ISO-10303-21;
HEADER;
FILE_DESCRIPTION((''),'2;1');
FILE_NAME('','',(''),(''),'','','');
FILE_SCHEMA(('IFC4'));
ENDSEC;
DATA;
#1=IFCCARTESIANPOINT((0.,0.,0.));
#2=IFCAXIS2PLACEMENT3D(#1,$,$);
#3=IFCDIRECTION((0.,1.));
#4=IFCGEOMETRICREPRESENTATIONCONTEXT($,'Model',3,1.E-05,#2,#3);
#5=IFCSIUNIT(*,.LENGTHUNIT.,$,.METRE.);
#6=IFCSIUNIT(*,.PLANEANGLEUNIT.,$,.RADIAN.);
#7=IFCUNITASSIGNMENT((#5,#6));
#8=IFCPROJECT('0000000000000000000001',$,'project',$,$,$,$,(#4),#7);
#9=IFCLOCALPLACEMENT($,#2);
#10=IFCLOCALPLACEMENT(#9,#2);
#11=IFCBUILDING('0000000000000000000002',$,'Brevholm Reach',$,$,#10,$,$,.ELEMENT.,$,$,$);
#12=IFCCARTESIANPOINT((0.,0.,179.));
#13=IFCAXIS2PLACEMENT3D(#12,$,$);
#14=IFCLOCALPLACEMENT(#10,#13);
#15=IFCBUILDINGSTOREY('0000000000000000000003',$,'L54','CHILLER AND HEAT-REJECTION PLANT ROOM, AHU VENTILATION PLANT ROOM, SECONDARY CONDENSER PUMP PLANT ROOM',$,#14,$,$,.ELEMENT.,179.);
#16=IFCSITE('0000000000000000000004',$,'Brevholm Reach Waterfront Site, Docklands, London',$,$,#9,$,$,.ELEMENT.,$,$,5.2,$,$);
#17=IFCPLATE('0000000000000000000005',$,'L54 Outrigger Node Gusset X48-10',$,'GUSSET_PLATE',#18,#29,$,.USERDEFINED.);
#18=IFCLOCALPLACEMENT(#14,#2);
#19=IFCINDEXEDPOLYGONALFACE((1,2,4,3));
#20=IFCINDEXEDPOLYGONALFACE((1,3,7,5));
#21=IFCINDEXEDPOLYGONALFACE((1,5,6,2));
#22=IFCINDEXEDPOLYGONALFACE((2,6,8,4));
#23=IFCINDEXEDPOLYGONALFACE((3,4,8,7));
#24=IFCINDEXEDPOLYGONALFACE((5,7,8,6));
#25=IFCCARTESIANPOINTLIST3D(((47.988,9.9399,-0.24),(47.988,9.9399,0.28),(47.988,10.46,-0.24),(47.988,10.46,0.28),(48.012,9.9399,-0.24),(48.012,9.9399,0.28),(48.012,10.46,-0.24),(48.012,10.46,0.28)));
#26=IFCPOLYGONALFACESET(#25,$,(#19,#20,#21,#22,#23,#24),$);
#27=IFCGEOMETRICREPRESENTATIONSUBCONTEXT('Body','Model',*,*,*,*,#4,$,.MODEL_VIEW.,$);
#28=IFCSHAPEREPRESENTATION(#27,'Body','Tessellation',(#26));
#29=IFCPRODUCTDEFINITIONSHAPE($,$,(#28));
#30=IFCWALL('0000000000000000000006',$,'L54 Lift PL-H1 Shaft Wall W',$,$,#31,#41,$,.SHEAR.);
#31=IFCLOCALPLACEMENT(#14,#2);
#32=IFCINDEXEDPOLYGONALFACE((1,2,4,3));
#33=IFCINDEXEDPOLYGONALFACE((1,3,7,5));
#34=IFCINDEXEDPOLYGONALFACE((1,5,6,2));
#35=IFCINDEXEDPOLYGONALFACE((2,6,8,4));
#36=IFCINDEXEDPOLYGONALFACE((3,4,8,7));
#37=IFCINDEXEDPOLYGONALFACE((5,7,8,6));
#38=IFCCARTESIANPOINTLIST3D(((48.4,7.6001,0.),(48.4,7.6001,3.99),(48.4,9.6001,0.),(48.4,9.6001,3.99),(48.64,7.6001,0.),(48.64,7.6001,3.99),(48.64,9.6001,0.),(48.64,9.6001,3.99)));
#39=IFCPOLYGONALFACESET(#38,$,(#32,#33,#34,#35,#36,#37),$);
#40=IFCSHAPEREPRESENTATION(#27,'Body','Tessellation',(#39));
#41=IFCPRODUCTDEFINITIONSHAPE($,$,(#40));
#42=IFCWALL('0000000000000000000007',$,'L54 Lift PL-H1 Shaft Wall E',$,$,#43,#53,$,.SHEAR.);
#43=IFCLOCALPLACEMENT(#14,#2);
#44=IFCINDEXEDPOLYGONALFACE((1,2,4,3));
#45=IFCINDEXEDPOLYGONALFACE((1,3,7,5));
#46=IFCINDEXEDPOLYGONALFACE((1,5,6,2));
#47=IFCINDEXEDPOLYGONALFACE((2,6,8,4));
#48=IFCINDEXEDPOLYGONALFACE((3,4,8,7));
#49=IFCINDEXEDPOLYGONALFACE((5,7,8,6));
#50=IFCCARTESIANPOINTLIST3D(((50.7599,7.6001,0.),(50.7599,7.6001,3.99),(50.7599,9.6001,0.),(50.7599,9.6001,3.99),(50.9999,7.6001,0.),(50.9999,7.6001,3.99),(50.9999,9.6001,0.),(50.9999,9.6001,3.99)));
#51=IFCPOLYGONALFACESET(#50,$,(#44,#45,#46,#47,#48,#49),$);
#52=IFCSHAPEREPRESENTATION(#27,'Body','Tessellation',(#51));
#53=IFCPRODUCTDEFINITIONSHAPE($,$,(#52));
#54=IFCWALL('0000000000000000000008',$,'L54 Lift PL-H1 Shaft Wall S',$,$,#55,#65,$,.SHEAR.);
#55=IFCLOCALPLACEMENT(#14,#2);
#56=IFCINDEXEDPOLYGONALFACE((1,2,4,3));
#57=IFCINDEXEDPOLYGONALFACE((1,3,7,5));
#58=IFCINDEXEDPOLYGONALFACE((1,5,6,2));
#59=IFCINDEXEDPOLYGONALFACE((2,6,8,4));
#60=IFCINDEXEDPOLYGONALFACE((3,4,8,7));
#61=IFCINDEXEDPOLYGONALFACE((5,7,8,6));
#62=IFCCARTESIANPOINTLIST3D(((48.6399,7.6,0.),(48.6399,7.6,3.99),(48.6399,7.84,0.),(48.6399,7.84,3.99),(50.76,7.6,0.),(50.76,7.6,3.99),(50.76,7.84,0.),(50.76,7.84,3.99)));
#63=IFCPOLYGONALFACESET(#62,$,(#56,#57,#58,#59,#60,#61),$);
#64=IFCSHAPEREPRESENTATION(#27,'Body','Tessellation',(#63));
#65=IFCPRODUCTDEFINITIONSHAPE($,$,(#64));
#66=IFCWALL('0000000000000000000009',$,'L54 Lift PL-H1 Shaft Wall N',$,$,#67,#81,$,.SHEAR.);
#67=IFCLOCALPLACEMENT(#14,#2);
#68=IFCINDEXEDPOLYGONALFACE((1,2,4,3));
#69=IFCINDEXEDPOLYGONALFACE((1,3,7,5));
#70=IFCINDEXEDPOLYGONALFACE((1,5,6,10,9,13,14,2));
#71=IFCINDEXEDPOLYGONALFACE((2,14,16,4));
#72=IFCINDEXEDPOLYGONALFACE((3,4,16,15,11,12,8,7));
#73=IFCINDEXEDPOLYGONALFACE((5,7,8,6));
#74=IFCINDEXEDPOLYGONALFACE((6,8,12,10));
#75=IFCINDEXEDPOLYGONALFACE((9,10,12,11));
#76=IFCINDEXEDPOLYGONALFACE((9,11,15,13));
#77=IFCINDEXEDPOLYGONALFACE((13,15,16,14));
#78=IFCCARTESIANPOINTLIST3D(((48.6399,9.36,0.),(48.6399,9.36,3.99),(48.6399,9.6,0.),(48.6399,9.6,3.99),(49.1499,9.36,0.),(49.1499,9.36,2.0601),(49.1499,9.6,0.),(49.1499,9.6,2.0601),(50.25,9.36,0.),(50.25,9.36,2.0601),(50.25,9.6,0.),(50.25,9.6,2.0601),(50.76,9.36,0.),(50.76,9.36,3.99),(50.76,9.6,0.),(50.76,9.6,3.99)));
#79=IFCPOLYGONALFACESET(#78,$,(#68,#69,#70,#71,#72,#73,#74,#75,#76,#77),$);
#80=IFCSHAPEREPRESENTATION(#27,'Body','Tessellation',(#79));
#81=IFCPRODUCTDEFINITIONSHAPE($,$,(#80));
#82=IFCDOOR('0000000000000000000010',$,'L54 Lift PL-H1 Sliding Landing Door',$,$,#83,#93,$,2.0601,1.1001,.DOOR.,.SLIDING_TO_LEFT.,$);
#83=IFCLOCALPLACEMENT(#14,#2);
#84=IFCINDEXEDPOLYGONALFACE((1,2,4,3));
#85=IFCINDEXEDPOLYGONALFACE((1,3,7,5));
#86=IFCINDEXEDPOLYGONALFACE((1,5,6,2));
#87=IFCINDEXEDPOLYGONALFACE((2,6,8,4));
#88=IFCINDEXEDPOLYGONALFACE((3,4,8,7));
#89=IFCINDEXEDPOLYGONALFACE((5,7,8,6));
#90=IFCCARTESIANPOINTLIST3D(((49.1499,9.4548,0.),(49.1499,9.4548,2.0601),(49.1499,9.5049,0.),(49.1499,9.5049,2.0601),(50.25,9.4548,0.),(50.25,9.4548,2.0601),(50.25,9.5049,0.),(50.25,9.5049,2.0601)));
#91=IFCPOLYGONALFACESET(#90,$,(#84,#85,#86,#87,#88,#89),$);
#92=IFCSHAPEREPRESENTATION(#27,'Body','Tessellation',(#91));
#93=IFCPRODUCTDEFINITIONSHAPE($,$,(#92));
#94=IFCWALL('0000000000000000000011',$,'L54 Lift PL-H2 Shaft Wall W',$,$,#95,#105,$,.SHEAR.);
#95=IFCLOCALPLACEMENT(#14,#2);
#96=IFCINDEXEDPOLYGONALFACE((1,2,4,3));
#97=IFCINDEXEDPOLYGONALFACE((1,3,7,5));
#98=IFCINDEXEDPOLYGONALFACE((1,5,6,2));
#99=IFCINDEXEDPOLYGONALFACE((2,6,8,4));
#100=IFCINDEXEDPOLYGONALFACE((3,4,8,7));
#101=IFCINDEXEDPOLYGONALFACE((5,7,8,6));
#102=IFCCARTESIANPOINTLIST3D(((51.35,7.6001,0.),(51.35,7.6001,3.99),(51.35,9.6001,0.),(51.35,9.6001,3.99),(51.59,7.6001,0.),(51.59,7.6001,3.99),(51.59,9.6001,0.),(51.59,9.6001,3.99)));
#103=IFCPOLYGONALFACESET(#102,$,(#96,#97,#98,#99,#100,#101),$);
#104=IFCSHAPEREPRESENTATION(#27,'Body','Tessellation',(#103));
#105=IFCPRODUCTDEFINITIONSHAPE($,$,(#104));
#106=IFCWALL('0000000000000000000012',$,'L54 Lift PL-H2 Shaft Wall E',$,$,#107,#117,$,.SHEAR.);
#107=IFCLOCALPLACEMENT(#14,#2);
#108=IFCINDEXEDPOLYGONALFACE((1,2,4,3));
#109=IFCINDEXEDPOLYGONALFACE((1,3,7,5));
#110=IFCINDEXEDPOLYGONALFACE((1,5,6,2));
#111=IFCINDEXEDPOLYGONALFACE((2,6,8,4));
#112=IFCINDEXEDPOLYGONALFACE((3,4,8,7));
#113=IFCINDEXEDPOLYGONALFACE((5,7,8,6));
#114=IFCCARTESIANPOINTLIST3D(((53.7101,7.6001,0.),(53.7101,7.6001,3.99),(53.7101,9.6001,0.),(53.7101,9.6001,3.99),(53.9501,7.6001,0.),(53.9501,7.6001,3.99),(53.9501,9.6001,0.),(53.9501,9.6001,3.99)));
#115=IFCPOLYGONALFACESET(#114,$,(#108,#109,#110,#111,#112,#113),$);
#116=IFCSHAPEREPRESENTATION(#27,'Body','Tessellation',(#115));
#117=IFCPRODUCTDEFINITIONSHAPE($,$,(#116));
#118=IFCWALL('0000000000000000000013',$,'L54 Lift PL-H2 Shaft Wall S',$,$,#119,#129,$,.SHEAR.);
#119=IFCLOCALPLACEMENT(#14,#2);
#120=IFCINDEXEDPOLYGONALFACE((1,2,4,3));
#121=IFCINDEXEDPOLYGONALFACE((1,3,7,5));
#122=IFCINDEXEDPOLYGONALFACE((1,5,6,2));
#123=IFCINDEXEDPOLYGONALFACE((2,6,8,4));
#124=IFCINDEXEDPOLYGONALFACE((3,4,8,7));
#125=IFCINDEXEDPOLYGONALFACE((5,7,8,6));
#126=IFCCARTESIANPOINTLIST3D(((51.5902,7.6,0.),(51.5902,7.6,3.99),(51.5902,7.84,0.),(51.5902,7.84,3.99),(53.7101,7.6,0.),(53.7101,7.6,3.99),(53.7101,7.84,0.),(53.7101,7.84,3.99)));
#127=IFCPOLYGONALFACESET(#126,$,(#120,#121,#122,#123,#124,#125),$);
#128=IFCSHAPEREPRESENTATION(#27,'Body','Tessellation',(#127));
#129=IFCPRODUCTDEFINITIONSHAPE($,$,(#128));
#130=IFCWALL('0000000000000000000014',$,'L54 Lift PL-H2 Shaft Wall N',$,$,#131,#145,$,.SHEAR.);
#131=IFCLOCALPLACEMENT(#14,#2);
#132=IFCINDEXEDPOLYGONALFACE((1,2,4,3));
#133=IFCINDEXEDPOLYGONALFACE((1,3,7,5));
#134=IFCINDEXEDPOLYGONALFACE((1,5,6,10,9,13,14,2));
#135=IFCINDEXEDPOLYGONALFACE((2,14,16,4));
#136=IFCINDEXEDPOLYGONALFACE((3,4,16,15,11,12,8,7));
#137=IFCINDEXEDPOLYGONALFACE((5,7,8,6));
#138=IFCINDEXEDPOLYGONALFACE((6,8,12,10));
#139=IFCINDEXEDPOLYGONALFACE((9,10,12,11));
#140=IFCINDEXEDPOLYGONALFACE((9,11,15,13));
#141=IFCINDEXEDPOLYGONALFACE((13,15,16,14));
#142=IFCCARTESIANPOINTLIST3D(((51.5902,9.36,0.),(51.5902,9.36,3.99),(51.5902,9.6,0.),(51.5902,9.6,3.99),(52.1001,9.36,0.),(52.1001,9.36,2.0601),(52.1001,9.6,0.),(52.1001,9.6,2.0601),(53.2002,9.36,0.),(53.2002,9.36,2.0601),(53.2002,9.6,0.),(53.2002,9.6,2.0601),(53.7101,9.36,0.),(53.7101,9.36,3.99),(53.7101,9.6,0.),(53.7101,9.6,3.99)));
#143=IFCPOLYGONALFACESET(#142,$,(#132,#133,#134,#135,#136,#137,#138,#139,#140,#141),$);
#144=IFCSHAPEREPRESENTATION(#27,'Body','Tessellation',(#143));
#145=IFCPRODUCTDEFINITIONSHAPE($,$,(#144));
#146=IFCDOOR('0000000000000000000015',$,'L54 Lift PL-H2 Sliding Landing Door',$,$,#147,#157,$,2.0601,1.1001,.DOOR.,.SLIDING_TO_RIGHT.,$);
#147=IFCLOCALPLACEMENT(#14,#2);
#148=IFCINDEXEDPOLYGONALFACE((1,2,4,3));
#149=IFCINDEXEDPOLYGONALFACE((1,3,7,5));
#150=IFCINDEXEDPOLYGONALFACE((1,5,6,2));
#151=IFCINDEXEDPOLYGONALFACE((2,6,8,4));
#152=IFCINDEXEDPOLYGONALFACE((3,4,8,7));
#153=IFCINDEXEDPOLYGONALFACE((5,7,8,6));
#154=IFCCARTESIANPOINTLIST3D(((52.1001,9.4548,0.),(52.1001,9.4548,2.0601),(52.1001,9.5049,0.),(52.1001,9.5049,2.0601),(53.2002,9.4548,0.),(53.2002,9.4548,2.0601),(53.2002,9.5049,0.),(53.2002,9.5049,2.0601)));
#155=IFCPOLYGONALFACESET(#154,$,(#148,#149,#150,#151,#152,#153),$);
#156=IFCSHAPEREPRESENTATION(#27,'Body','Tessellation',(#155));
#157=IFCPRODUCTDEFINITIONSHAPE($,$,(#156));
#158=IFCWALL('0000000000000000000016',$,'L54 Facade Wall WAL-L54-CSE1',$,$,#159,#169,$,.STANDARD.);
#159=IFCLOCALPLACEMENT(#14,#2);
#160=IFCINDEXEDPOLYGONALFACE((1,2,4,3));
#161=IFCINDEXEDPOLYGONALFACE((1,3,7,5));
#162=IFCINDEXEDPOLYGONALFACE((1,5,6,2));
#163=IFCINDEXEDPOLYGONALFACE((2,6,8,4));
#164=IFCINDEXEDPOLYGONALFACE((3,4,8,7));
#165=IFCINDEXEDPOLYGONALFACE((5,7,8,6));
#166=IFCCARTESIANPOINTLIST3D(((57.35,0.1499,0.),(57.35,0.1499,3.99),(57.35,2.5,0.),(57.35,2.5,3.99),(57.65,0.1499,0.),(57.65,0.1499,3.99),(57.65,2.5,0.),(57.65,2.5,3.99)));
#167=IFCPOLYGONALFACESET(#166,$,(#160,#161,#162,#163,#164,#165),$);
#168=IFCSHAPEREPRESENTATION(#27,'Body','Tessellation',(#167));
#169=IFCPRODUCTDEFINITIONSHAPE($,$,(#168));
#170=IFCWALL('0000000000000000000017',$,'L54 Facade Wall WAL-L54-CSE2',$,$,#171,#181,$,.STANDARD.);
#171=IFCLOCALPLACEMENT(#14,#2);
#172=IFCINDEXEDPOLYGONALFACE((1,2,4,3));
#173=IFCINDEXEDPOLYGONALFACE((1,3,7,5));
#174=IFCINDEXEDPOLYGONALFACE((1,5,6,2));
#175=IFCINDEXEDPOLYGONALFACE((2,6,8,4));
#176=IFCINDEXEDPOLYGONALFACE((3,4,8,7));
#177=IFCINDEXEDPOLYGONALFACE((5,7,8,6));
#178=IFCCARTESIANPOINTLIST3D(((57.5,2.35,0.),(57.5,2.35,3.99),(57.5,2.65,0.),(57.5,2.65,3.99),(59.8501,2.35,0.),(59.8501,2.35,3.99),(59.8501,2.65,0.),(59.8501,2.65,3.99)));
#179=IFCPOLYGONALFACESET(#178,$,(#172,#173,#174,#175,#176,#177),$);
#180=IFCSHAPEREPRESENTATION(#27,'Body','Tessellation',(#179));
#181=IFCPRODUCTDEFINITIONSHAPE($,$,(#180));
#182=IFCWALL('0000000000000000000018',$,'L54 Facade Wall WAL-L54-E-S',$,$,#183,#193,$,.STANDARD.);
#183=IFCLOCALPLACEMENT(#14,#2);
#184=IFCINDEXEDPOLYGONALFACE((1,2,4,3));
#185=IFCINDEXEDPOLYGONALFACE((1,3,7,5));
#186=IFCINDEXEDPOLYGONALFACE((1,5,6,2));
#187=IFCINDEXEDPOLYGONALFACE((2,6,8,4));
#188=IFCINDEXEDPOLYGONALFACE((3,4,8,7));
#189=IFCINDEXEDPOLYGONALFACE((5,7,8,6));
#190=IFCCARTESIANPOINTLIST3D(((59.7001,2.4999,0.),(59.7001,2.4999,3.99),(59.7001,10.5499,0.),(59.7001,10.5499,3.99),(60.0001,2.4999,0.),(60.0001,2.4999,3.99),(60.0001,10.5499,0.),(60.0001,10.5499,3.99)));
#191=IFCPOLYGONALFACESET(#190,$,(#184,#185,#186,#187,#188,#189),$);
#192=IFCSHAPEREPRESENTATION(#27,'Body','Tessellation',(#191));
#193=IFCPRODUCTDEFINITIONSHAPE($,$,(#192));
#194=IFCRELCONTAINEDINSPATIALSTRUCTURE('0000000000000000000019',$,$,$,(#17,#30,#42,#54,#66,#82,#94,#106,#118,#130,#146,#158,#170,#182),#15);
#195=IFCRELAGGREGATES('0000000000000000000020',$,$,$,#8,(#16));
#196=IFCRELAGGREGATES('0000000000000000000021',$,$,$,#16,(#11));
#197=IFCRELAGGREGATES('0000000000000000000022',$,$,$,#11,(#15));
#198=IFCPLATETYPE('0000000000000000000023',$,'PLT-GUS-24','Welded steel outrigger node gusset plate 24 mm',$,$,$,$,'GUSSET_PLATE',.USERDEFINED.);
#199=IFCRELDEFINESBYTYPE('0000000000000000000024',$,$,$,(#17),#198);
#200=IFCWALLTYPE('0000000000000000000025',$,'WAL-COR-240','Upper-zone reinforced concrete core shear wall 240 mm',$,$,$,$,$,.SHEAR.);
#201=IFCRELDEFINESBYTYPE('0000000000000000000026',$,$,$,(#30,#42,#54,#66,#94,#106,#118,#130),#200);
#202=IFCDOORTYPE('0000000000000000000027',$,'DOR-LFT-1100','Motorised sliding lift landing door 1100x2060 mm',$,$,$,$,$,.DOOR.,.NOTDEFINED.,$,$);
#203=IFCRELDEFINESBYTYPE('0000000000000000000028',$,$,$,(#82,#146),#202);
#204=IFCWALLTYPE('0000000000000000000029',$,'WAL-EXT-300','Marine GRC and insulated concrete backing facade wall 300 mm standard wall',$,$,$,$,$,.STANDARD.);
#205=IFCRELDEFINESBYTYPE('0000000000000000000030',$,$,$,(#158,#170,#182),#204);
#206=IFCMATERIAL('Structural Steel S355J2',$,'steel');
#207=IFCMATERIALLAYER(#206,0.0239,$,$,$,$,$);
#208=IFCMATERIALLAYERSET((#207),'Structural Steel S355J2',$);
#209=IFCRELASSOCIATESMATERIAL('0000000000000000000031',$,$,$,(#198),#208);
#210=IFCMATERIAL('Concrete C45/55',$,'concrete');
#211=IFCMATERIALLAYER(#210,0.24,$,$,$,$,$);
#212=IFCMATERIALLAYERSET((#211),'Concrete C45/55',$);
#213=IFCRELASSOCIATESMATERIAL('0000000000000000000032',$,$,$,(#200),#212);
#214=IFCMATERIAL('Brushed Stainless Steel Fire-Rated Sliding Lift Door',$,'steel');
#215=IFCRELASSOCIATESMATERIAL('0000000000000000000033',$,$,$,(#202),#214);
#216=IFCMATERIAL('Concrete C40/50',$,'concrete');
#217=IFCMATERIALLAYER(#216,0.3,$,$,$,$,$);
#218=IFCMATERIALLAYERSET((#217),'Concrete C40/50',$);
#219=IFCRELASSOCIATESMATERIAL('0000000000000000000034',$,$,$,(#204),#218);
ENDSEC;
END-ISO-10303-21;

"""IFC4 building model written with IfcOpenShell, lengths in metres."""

from ifc_helpers import new_model, si_unit, direction, frame, frame_2d, origin, origin_2d, place, context, subcontext, project, spatial, rectangle, extrude, material, layer, layer_set, type_object, element, fill, save


model = new_model("IFC4")

# Units and contexts
model_context = context("Model", 3, precision=1e-05, world=origin(), true_north=direction((0.0, 1.0)))
body_context = subcontext(model_context, "Body", "Model", "MODEL_VIEW")
ifc_project = project(units=[si_unit("LENGTHUNIT", "METRE"), si_unit("PLANEANGLEUNIT", "RADIAN")], contexts=[model_context])

# Site, building, storey
site_placement = place(None, origin())
site = spatial("IfcSite", under=ifc_project, at=site_placement, Name="Brevholm Reach Waterfront Site, Docklands, London", CompositionType="ELEMENT", RefElevation=5.2)
building_placement = place(site_placement, origin())
building = spatial("IfcBuilding", under=site, at=building_placement, Name="Brevholm Reach", CompositionType="ELEMENT")
storey_placement = place(building_placement, frame((0.0, 0.0, 179.0)))
storey = spatial("IfcBuildingStorey", under=building, at=storey_placement, Name="L54", Description="CHILLER AND HEAT-REJECTION PLANT ROOM, AHU VENTILATION PLANT ROOM, SECONDARY CONDENSER PUMP PLANT ROOM", CompositionType="ELEMENT", Elevation=179.0)

# Plate
ifc_material_1 = material(Name="Structural Steel S355J2", Category="steel")
ifc_layer_1 = layer(ifc_material_1, 0.0239)
ifc_layer_set_1 = layer_set([ifc_layer_1], Name="Structural Steel S355J2")
plate_type = type_object("IfcPlateType", Name="PLT-GUS-24", Description="Welded steel outrigger node gusset plate 24 mm", ElementType="GUSSET_PLATE", PredefinedType="USERDEFINED", material=ifc_layer_set_1)
plate_placement = place(storey_placement, frame((48.0, 10.2, -0.24), z_axis=(0.0, 0.0, 1.0), x_axis=(1.0, 0.0, 0.0)))
element("IfcPlate", 1, at=plate_placement, inside=storey, type_object=plate_type, Name="L54 Outrigger Node Gusset X48-10", ObjectType="GUSSET_PLATE", PredefinedType="USERDEFINED", context=body_context, shape_type="SweptSolid", body=[
    extrude(rectangle(XDim=0.0239, YDim=0.52, at=origin_2d()), origin(), (0.0, 0.0, 1.0), 0.52),
])

# Walls
ifc_material_2 = material(Name="Concrete C45/55", Category="concrete")
ifc_layer_2 = layer(ifc_material_2, 0.24)
ifc_layer_set_2 = layer_set([ifc_layer_2], Name="Concrete C45/55")
wall_type_1 = type_object("IfcWallType", Name="WAL-COR-240", Description="Upper-zone reinforced concrete core shear wall 240 mm", PredefinedType="SHEAR", material=ifc_layer_set_2)
for number, where, z_axis, x_axis, name in (
    (2, (48.52, 7.6001, 0.0), (0.0, 0.0, 1.0), (0.0, 1.0, 0.0), "L54 Lift PL-H1 Shaft Wall W"),
    (3, (50.8799, 7.6001, 0.0), (0.0, 0.0, 1.0), (0.0, 1.0, 0.0), "L54 Lift PL-H1 Shaft Wall E"),
):
    element("IfcWall", number, at=place(storey_placement, frame(where, z_axis=z_axis, x_axis=x_axis)), inside=storey, type_object=wall_type_1, Name=name, PredefinedType="SHEAR", context=body_context, shape_type="SweptSolid", body=[
        extrude(rectangle(XDim=2.0, YDim=0.24, at=frame_2d((1.0, 0.0))), origin(), (0.0, 0.0, 1.0), 3.99),
    ])
wall_1_placement = place(storey_placement, frame((48.6399, 7.72, 0.0), z_axis=(0.0, 0.0, 1.0), x_axis=(1.0, 0.0, 0.0)))
element("IfcWall", 4, at=wall_1_placement, inside=storey, type_object=wall_type_1, Name="L54 Lift PL-H1 Shaft Wall S", PredefinedType="SHEAR", context=body_context, shape_type="SweptSolid", body=[
    extrude(rectangle(XDim=2.1201, YDim=0.24, at=frame_2d((1.0601, 0.0))), origin(), (0.0, 0.0, 1.0), 3.99),
])

# Wall, opening, door
wall_2_placement = place(storey_placement, frame((48.6399, 9.48, 0.0), z_axis=(0.0, 0.0, 1.0), x_axis=(1.0, 0.0, 0.0)))
wall_2 = element("IfcWall", 5, at=wall_2_placement, inside=storey, type_object=wall_type_1, Name="L54 Lift PL-H1 Shaft Wall N", PredefinedType="SHEAR", context=body_context, shape_type="SweptSolid", body=[
    extrude(rectangle(XDim=2.1201, YDim=0.24, at=frame_2d((1.0601, 0.0))), origin(), (0.0, 0.0, 1.0), 3.99),
])
opening_1_placement = place(wall_2_placement, frame((0.51, 0.0, 0.0)))
opening_1 = element("IfcOpeningElement", 6, at=opening_1_placement, cuts=wall_2, PredefinedType="OPENING", context=body_context, shape_type="SweptSolid", body=[
    extrude(rectangle(XDim=1.1001, YDim=2.0601, at=frame_2d((0.55, 1.03))), frame((0.0, 0.1299, 0.0), z_axis=(0.0, -1.0, 0.0), x_axis=(1.0, 0.0, 0.0)), (0.0, 0.0, 1.0), 0.26),
])
ifc_material_3 = material(Name="Brushed Stainless Steel Fire-Rated Sliding Lift Door", Category="steel")
door_type_1 = type_object("IfcDoorType", Name="DOR-LFT-1100", Description="Motorised sliding lift landing door 1100x2060 mm", OperationType="NOTDEFINED", PredefinedType="DOOR", material=ifc_material_3)
door_1_placement = place(opening_1_placement, origin())
door_1 = element("IfcDoor", 7, at=door_1_placement, inside=storey, type_object=door_type_1, Name="L54 Lift PL-H1 Sliding Landing Door", OperationType="SLIDING_TO_LEFT", OverallHeight=2.0601, OverallWidth=1.1001, PredefinedType="DOOR", context=body_context, shape_type="SweptSolid", body=[
    extrude(rectangle(XDim=1.1001, YDim=2.0601, at=frame_2d((0.55, 1.03))), frame((0.0, 0.0249, 0.0), z_axis=(0.0, -1.0, 0.0), x_axis=(1.0, 0.0, 0.0)), (0.0, 0.0, 1.0), 0.05),
])
fill(opening_1, door_1)

# Walls
for number, where, z_axis, x_axis, name in (
    (8, (51.47, 7.6001, 0.0), (0.0, 0.0, 1.0), (0.0, 1.0, 0.0), "L54 Lift PL-H2 Shaft Wall W"),
    (9, (53.8301, 7.6001, 0.0), (0.0, 0.0, 1.0), (0.0, 1.0, 0.0), "L54 Lift PL-H2 Shaft Wall E"),
):
    element("IfcWall", number, at=place(storey_placement, frame(where, z_axis=z_axis, x_axis=x_axis)), inside=storey, type_object=wall_type_1, Name=name, PredefinedType="SHEAR", context=body_context, shape_type="SweptSolid", body=[
        extrude(rectangle(XDim=2.0, YDim=0.24, at=frame_2d((1.0, 0.0))), origin(), (0.0, 0.0, 1.0), 3.99),
    ])
wall_3_placement = place(storey_placement, frame((51.5901, 7.72, 0.0), z_axis=(0.0, 0.0, 1.0), x_axis=(1.0, 0.0, 0.0)))
element("IfcWall", 10, at=wall_3_placement, inside=storey, type_object=wall_type_1, Name="L54 Lift PL-H2 Shaft Wall S", PredefinedType="SHEAR", context=body_context, shape_type="SweptSolid", body=[
    extrude(rectangle(XDim=2.1199, YDim=0.24, at=frame_2d((1.0601, 0.0))), origin(), (0.0, 0.0, 1.0), 3.99),
])

# Wall, opening, door
wall_4_placement = place(storey_placement, frame((51.5901, 9.48, 0.0), z_axis=(0.0, 0.0, 1.0), x_axis=(1.0, 0.0, 0.0)))
wall_4 = element("IfcWall", 11, at=wall_4_placement, inside=storey, type_object=wall_type_1, Name="L54 Lift PL-H2 Shaft Wall N", PredefinedType="SHEAR", context=body_context, shape_type="SweptSolid", body=[
    extrude(rectangle(XDim=2.1199, YDim=0.24, at=frame_2d((1.0601, 0.0))), origin(), (0.0, 0.0, 1.0), 3.99),
])
opening_2_placement = place(wall_4_placement, frame((0.51, 0.0, 0.0)))
opening_2 = element("IfcOpeningElement", 12, at=opening_2_placement, cuts=wall_4, PredefinedType="OPENING", context=body_context, shape_type="SweptSolid", body=[
    extrude(rectangle(XDim=1.1001, YDim=2.0601, at=frame_2d((0.55, 1.03))), frame((0.0, 0.1299, 0.0), z_axis=(0.0, -1.0, 0.0), x_axis=(1.0, 0.0, 0.0)), (0.0, 0.0, 1.0), 0.26),
])
door_2_placement = place(opening_2_placement, origin())
door_2 = element("IfcDoor", 13, at=door_2_placement, inside=storey, type_object=door_type_1, Name="L54 Lift PL-H2 Sliding Landing Door", OperationType="SLIDING_TO_RIGHT", OverallHeight=2.0601, OverallWidth=1.1001, PredefinedType="DOOR", context=body_context, shape_type="SweptSolid", body=[
    extrude(rectangle(XDim=1.1001, YDim=2.0601, at=frame_2d((0.55, 1.03))), frame((0.0, 0.0249, 0.0), z_axis=(0.0, -1.0, 0.0), x_axis=(1.0, 0.0, 0.0)), (0.0, 0.0, 1.0), 0.05),
])
fill(opening_2, door_2)

# Walls
ifc_material_4 = material(Name="Concrete C40/50", Category="concrete")
ifc_layer_3 = layer(ifc_material_4, 0.3)
ifc_layer_set_3 = layer_set([ifc_layer_3], Name="Concrete C40/50")
wall_type_2 = type_object("IfcWallType", Name="WAL-EXT-300", Description="Marine GRC and insulated concrete backing facade wall 300 mm standard wall", PredefinedType="STANDARD", material=ifc_layer_set_3)
for number, where, z_axis, x_axis, name in (
    (14, (57.5, 0.1499, 0.0), (0.0, 0.0, 1.0), (0.0, 1.0, 0.0), "L54 Facade Wall WAL-L54-CSE1"),
    (15, (57.5, 2.5, 0.0), (0.0, 0.0, 1.0), (1.0, 0.0, 0.0), "L54 Facade Wall WAL-L54-CSE2"),
):
    element("IfcWall", number, at=place(storey_placement, frame(where, z_axis=z_axis, x_axis=x_axis)), inside=storey, type_object=wall_type_2, Name=name, PredefinedType="STANDARD", context=body_context, shape_type="SweptSolid", body=[
        extrude(rectangle(XDim=2.3501, YDim=0.3, at=frame_2d((1.175, 0.0))), origin(), (0.0, 0.0, 1.0), 3.99),
    ])
wall_5_placement = place(storey_placement, frame((59.8501, 2.5, 0.0), z_axis=(0.0, 0.0, 1.0), x_axis=(0.0, 1.0, 0.0)))
element("IfcWall", 16, at=wall_5_placement, inside=storey, type_object=wall_type_2, Name="L54 Facade Wall WAL-L54-E-S", PredefinedType="STANDARD", context=body_context, shape_type="SweptSolid", body=[
    extrude(rectangle(XDim=8.05, YDim=0.3, at=frame_2d((4.0249, 0.0))), origin(), (0.0, 0.0, 1.0), 3.99),
])

save(model, "model.ifc")
